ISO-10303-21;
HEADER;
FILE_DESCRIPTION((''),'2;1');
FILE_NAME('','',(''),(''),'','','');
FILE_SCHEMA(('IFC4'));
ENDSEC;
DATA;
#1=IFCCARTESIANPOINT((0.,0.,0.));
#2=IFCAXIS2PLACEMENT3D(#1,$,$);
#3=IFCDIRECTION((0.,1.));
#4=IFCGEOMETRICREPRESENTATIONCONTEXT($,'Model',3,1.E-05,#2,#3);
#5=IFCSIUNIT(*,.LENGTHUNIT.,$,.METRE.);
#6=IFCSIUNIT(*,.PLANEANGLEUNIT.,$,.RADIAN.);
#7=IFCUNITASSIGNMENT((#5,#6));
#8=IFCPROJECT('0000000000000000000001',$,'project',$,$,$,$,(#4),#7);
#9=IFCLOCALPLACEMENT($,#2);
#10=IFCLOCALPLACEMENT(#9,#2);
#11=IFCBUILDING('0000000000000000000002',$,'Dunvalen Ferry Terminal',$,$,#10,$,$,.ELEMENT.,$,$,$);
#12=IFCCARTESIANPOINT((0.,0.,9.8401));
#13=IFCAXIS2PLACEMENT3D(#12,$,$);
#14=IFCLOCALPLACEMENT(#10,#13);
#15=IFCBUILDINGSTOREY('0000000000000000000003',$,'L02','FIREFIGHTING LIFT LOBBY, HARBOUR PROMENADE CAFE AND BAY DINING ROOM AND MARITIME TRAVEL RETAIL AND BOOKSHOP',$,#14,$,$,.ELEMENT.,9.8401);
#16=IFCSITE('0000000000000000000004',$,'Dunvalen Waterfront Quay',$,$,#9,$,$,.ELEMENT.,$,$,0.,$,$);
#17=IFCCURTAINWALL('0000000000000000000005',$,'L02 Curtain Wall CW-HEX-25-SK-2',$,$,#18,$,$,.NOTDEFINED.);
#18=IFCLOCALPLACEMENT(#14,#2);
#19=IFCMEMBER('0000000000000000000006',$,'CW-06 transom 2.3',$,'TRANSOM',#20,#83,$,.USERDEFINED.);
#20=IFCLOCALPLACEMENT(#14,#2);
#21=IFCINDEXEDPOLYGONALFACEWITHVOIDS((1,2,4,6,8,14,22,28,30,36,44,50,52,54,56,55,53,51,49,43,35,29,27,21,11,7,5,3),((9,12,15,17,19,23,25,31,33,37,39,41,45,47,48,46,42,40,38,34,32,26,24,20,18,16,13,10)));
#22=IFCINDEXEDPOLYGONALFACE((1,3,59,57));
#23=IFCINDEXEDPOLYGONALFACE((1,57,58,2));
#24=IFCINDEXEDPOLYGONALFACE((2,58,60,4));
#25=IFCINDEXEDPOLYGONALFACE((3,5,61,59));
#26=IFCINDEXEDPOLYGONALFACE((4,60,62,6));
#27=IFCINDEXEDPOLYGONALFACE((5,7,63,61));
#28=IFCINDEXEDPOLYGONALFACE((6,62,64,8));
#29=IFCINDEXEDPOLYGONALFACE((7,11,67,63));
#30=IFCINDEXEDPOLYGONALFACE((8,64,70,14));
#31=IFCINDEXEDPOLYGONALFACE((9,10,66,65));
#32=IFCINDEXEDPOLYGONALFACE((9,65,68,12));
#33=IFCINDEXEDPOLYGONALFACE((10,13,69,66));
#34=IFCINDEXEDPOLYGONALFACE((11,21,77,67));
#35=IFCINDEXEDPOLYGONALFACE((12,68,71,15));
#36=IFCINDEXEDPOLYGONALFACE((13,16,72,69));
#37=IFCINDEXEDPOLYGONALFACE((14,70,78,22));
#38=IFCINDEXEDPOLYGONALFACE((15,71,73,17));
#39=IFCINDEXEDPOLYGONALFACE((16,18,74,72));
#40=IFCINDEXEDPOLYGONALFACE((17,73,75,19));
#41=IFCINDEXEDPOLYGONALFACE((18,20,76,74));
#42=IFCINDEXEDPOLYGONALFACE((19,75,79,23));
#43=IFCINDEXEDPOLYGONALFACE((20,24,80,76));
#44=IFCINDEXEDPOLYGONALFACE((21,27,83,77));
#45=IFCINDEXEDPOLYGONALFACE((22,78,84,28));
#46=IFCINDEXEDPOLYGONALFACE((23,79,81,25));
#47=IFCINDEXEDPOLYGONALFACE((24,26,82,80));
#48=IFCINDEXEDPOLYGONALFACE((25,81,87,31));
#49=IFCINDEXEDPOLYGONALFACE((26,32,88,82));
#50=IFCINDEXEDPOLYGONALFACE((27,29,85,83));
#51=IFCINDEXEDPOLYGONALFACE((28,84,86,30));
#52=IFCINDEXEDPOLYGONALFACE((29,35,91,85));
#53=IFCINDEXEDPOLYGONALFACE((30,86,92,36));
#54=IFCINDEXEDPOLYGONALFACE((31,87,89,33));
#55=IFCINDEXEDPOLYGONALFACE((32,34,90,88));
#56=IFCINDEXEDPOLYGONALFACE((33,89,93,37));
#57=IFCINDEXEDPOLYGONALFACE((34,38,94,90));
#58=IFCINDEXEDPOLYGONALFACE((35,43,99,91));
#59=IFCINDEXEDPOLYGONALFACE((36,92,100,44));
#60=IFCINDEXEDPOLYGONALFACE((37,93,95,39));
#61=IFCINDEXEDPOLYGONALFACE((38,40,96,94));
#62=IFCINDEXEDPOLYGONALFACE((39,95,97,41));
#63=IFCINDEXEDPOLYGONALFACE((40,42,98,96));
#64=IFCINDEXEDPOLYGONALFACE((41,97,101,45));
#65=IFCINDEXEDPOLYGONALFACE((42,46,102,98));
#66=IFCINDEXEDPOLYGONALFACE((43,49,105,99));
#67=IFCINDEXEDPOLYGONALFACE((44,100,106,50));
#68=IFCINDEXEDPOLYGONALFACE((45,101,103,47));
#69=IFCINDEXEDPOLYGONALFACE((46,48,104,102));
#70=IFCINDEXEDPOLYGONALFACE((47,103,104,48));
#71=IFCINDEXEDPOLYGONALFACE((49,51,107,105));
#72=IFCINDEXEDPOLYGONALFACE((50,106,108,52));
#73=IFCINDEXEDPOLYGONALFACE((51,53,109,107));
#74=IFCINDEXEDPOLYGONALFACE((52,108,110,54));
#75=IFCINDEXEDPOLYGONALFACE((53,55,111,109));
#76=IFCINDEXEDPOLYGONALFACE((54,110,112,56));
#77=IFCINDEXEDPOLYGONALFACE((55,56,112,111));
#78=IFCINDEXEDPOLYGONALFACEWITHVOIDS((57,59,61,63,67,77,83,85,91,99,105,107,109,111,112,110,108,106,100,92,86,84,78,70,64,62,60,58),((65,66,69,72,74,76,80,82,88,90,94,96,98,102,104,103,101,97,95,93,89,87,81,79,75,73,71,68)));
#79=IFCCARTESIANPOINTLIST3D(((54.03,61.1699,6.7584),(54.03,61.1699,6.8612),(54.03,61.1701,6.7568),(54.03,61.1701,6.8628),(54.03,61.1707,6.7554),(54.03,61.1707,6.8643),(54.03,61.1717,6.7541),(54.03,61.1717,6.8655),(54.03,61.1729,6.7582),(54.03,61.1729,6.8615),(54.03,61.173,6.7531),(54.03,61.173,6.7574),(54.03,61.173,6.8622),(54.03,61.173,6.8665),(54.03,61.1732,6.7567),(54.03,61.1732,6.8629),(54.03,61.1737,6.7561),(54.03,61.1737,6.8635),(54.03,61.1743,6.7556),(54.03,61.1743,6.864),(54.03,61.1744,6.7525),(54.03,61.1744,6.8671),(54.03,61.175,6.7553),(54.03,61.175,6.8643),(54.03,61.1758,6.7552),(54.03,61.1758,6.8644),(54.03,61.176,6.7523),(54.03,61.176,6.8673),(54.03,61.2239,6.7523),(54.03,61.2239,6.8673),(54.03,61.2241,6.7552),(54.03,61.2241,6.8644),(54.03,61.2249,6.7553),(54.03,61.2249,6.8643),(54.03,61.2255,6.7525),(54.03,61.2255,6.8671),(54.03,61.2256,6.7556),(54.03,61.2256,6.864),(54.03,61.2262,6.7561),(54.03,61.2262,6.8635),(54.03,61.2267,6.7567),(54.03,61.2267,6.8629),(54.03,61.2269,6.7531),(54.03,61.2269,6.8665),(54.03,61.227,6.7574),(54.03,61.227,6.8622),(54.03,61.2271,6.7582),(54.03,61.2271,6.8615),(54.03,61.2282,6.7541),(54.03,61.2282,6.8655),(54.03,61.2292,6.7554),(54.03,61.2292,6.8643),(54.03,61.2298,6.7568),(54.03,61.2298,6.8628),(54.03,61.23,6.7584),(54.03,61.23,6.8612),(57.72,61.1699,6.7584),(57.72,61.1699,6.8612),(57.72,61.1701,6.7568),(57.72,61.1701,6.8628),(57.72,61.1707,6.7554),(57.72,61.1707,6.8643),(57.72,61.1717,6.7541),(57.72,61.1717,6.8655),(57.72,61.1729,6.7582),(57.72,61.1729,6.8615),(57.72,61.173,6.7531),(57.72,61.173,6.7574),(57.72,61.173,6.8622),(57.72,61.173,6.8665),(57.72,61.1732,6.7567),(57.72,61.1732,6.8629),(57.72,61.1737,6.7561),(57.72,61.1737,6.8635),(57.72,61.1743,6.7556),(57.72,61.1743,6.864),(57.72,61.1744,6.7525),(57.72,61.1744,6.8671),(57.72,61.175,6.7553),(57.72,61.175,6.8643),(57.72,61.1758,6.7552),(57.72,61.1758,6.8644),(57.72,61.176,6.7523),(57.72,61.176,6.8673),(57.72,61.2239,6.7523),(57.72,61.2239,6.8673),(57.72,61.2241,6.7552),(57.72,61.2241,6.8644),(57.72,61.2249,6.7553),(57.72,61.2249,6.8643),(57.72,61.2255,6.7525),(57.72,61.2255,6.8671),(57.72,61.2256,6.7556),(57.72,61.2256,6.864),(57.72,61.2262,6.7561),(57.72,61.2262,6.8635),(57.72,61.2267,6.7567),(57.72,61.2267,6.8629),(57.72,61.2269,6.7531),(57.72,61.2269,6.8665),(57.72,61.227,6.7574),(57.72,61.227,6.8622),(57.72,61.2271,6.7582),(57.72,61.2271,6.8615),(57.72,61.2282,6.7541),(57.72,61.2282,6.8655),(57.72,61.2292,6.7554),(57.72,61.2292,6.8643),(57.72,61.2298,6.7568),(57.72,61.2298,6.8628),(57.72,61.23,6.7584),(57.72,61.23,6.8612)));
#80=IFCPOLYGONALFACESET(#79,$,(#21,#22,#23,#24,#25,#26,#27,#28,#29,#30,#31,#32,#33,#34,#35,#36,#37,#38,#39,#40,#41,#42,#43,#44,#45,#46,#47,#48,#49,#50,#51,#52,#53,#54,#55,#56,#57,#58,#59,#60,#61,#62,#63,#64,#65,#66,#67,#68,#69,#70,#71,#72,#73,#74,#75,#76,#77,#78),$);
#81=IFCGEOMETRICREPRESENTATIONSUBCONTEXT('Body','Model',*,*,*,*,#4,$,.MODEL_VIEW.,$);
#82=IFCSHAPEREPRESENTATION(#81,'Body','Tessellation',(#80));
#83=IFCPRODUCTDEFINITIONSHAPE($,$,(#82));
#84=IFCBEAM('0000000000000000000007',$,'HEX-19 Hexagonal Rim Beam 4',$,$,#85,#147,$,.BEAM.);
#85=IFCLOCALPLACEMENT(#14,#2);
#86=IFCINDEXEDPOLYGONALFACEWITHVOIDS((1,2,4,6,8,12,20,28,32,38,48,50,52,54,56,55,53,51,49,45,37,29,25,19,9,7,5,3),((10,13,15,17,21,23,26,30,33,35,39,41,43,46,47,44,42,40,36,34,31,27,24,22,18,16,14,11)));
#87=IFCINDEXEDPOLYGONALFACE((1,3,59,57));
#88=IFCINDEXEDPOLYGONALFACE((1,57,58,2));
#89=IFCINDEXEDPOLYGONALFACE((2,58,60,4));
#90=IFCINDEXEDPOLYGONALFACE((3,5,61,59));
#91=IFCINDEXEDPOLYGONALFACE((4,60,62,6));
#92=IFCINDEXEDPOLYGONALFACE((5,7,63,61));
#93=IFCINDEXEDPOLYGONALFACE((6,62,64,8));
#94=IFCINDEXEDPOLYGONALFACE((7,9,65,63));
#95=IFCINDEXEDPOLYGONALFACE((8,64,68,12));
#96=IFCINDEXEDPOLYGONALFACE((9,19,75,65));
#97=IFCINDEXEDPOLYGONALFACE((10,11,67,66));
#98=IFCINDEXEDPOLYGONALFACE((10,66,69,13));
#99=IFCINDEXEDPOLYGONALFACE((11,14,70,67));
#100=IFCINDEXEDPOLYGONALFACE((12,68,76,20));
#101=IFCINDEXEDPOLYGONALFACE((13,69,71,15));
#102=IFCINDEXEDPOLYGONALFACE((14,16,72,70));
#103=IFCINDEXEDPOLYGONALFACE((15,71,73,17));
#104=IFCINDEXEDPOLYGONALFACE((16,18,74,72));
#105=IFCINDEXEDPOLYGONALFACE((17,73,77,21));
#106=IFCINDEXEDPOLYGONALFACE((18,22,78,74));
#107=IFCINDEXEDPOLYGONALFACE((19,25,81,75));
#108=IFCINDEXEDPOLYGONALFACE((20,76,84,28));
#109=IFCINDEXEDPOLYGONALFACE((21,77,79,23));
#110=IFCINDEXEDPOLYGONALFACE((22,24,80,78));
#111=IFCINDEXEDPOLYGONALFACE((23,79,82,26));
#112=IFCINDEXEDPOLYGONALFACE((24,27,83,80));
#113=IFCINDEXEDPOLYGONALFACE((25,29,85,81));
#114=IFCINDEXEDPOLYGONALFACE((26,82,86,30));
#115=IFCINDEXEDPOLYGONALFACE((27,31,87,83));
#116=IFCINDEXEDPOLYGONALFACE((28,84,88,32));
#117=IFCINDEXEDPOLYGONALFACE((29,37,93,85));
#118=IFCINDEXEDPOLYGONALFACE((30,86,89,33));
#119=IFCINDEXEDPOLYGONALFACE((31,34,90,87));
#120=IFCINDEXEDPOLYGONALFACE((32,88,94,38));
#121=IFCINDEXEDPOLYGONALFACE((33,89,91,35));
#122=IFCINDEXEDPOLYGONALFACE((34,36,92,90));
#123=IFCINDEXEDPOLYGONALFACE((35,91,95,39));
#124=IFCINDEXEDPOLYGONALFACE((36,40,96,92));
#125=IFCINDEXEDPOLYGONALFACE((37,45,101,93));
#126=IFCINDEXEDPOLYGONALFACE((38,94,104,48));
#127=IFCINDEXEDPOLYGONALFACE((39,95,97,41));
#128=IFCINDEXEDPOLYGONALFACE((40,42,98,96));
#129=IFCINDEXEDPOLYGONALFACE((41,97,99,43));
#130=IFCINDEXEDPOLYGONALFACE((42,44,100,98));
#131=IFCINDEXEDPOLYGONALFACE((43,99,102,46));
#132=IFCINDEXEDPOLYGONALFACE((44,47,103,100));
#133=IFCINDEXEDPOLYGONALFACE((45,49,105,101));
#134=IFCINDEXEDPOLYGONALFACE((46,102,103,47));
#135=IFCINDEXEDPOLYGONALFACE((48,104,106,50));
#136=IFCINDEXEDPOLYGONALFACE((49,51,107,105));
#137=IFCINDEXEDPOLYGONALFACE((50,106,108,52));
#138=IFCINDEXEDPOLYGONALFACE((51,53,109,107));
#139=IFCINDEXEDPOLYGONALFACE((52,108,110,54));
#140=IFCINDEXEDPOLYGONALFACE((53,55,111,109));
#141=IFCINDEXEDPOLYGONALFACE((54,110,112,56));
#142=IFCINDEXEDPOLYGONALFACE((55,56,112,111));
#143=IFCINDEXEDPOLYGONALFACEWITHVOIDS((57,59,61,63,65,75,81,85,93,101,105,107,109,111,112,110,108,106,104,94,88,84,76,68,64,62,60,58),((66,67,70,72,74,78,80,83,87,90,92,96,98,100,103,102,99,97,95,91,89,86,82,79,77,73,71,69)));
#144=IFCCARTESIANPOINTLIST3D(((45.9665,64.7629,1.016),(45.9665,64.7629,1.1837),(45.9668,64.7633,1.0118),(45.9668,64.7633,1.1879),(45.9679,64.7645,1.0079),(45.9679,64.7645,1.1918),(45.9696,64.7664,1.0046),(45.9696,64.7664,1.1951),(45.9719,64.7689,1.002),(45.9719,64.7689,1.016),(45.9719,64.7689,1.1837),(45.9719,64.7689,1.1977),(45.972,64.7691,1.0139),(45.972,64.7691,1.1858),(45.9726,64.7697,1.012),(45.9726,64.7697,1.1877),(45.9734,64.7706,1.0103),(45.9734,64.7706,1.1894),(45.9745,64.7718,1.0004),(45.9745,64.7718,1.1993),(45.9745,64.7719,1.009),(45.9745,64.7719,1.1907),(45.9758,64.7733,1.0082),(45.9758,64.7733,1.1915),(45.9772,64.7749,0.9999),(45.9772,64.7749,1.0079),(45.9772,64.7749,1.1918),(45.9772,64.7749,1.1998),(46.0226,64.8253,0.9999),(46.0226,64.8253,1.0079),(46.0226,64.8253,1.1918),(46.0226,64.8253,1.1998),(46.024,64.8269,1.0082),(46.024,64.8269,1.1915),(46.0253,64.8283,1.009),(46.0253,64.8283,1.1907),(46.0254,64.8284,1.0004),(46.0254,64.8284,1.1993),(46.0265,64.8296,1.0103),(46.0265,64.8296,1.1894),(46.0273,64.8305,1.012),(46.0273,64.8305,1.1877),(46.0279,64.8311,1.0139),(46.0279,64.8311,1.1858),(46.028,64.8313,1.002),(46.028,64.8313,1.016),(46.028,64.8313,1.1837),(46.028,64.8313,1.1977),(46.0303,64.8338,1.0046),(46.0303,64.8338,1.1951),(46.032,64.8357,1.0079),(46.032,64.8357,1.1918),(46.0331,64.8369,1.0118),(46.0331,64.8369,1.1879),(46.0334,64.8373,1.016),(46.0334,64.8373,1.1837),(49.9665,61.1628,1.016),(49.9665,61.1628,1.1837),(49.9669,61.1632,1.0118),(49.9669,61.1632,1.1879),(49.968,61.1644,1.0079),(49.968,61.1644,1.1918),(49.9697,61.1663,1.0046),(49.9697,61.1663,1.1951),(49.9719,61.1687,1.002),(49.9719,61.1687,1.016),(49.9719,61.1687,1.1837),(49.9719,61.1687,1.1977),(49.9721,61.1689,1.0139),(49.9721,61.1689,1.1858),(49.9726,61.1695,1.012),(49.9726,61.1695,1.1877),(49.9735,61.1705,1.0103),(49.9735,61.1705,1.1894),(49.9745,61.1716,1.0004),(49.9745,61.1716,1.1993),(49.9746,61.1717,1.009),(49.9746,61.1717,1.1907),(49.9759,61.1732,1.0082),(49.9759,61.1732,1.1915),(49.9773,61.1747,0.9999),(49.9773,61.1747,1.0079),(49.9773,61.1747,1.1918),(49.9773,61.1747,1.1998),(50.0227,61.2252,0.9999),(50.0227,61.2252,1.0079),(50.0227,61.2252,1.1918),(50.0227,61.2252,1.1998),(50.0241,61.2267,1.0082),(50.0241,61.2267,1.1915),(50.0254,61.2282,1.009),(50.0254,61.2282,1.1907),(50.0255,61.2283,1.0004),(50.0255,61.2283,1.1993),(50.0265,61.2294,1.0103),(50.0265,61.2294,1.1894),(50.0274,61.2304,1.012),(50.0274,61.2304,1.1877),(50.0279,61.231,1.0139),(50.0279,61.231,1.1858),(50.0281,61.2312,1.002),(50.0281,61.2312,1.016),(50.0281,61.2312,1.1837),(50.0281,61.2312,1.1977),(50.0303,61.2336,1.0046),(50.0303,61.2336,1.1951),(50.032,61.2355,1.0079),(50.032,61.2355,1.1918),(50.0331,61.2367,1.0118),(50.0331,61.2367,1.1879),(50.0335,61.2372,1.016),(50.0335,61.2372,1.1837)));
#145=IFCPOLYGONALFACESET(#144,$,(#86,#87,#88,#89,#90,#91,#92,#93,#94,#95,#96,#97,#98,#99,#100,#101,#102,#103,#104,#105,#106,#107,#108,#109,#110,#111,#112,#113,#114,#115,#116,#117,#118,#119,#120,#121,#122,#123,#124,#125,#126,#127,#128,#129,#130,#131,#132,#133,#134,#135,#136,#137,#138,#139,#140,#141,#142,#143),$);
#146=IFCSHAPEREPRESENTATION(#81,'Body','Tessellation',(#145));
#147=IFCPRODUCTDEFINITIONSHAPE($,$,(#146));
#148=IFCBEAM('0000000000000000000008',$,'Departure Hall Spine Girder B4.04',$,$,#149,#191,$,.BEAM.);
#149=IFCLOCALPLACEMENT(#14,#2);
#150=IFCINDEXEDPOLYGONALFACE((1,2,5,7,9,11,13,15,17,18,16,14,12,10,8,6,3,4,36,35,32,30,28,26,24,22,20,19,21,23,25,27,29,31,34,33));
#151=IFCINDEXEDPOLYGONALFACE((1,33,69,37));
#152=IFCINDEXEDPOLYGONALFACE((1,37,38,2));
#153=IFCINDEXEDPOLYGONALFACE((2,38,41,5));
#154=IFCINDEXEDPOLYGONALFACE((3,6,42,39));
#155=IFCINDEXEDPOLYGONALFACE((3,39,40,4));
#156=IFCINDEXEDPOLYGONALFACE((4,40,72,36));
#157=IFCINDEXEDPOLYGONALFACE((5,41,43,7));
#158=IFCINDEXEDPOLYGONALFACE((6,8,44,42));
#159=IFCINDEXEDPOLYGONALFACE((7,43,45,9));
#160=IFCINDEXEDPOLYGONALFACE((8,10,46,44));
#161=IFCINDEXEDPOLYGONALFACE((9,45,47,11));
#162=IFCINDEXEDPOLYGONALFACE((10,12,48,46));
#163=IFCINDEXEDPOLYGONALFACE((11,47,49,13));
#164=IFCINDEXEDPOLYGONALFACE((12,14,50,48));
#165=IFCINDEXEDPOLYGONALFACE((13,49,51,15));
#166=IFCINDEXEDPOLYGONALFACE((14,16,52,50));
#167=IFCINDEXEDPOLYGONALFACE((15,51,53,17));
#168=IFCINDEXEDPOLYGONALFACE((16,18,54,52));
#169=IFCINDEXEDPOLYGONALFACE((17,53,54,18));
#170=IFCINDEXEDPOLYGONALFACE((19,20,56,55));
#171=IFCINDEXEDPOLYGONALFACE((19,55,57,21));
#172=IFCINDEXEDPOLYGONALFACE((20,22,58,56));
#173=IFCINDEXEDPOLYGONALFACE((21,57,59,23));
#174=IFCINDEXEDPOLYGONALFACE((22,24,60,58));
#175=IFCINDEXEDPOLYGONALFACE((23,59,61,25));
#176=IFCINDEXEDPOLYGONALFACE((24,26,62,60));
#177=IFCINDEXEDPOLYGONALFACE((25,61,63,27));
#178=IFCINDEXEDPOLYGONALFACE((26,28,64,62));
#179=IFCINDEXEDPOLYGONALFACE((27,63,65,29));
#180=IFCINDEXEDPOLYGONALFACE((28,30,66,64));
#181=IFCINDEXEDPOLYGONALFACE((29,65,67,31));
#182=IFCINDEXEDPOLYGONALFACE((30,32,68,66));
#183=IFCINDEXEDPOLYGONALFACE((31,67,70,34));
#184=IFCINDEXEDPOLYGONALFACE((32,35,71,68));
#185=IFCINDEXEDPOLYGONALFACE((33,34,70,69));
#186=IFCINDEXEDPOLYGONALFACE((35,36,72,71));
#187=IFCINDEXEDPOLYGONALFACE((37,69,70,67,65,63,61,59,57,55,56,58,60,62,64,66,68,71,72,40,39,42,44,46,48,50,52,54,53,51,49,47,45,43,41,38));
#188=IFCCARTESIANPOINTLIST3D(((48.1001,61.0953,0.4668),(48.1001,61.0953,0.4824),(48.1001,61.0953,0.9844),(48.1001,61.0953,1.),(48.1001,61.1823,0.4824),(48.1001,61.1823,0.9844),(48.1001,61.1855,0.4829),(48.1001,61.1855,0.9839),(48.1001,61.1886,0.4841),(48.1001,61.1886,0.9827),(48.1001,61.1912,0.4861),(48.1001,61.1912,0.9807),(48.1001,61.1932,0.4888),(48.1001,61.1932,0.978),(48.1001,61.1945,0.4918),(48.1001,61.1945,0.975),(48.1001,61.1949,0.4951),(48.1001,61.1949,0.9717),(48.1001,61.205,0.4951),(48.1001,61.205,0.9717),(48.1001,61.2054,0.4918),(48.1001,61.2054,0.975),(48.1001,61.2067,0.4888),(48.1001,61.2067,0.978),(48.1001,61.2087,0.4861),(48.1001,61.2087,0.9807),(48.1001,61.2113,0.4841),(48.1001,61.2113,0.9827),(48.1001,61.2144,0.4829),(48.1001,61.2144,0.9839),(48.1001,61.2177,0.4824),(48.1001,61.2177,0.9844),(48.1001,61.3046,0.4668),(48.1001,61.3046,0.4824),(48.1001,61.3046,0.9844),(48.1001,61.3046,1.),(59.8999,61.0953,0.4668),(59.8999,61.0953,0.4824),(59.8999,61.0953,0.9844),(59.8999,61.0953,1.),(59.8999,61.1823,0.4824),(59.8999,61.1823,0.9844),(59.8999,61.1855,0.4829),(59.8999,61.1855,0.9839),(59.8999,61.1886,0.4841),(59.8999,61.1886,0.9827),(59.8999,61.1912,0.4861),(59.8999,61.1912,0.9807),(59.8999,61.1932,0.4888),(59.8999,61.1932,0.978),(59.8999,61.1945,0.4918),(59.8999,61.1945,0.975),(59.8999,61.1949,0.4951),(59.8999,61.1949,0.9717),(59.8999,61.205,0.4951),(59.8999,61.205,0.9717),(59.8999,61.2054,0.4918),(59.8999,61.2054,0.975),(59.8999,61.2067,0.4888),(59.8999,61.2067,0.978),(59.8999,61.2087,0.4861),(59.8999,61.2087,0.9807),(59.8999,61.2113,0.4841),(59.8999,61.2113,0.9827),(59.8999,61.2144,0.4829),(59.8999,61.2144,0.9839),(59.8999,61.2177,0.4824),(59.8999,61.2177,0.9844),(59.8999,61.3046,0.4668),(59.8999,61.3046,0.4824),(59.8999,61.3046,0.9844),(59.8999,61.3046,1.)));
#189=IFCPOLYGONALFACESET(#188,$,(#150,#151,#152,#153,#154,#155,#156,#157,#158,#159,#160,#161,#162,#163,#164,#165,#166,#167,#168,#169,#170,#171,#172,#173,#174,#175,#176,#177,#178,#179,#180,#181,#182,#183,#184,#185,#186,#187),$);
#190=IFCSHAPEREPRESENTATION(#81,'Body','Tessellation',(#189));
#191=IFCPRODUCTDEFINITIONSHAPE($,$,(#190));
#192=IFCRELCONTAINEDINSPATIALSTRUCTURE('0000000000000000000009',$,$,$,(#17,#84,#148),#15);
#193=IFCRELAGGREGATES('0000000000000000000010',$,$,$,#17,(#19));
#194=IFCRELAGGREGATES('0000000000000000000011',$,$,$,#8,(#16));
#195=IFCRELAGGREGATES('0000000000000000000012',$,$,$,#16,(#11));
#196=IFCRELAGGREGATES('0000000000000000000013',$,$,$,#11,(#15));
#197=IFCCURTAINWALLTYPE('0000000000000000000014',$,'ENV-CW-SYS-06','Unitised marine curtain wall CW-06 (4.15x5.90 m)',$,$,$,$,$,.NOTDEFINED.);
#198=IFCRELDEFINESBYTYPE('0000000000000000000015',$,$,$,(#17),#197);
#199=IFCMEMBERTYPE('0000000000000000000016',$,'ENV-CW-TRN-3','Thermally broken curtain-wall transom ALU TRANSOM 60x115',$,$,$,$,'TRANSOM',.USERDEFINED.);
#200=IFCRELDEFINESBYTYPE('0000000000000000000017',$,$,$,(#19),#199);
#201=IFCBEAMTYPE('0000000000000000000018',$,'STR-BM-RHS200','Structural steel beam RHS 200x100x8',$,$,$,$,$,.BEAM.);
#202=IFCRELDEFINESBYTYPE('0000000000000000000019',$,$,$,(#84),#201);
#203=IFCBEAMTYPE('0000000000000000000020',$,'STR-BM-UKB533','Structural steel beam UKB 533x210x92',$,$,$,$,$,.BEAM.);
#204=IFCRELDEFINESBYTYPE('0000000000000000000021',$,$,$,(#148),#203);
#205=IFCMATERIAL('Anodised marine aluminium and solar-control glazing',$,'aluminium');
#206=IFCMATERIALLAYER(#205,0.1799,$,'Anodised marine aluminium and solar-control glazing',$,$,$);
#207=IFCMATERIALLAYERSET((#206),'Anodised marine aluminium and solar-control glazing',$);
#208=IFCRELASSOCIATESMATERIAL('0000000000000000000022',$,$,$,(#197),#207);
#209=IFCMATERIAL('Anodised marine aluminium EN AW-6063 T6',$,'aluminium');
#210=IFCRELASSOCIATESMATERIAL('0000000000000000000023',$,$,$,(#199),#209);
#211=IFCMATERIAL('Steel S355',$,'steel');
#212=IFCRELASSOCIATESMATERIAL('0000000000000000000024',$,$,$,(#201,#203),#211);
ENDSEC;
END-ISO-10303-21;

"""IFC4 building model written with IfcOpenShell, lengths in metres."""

from ifc_helpers import new_model, si_unit, direction, frame, origin, origin_2d, place, context, subcontext, project, spatial, hollow_rectangle, i_section, extrude, material, layer, layer_set, material_profile, profile_set, type_object, element, aggregate, save


model = new_model("IFC4")

# Units and contexts
model_context = context("Model", 3, precision=1e-05, world=origin(), true_north=direction((0.0, 1.0)))
body_context = subcontext(model_context, "Body", "Model", "MODEL_VIEW")
ifc_project = project(units=[si_unit("LENGTHUNIT", "METRE"), si_unit("PLANEANGLEUNIT", "RADIAN")], contexts=[model_context])

# Site, building, storey
site_placement = place(None, origin())
site = spatial("IfcSite", under=ifc_project, at=site_placement, Name="Dunvalen Waterfront Quay", CompositionType="ELEMENT", RefElevation=0.0)
building_placement = place(site_placement, origin())
building = spatial("IfcBuilding", under=site, at=building_placement, Name="Dunvalen Ferry Terminal", CompositionType="ELEMENT")
storey_placement = place(building_placement, frame((0.0, 0.0, 9.8401)))
storey = spatial("IfcBuildingStorey", under=building, at=storey_placement, Name="L02", Description="FIREFIGHTING LIFT LOBBY, HARBOUR PROMENADE CAFE AND BAY DINING ROOM AND MARITIME TRAVEL RETAIL AND BOOKSHOP", CompositionType="ELEMENT", Elevation=9.8401)

# Shared definitions
ifc_material_1 = material(Name="Anodised marine aluminium and solar-control glazing", Category="aluminium")
ifc_material_2 = material(Name="Anodised marine aluminium EN AW-6063 T6", Category="aluminium")

# Curtain wall, member
ifc_layer_1 = layer(ifc_material_1, 0.1799, Name="Anodised marine aluminium and solar-control glazing")
ifc_layer_set_1 = layer_set([ifc_layer_1], Name="Anodised marine aluminium and solar-control glazing")
curtain_wall_type_1 = type_object("IfcCurtainWallType", Name="ENV-CW-SYS-06", Description="Unitised marine curtain wall CW-06 (4.15x5.90 m)", PredefinedType="NOTDEFINED", material=ifc_layer_set_1)
curtain_wall_1_placement = place(storey_placement, origin())
curtain_wall_1 = element("IfcCurtainWall", 1, at=curtain_wall_1_placement, inside=storey, type_object=curtain_wall_type_1, Name="L02 Curtain Wall CW-HEX-25-SK-2", PredefinedType="NOTDEFINED")
ifc_material_profile_1 = material_profile(ifc_material_2, hollow_rectangle(XDim=0.0601, YDim=0.115, WallThickness=0.0029, InnerFilletRadius=0.0029, OuterFilletRadius=0.0061, at=origin_2d()), Name="Anodised marine aluminium EN AW-6063 T6")
ifc_profile_set_1 = profile_set([ifc_material_profile_1], Name="Anodised marine aluminium EN AW-6063 T6")
member_type_1 = type_object("IfcMemberType", Name="ENV-CW-TRN-3", Description="Thermally broken curtain-wall transom ALU TRANSOM 60x115", ElementType="TRANSOM", PredefinedType="USERDEFINED", material=ifc_profile_set_1)
member_1_placement = place(storey_placement, frame((54.03, 61.2, 6.8098), z_axis=(1.0, 0.0, 0.0), x_axis=(0.0, 1.0, 0.0)))
member_1 = element("IfcMember", 2, at=member_1_placement, type_object=member_type_1, Name="CW-06 transom 2.3", ObjectType="TRANSOM", PredefinedType="USERDEFINED", context=body_context, shape_type="SweptSolid", body=[
    extrude(hollow_rectangle(XDim=0.0601, YDim=0.115, WallThickness=0.0029, InnerFilletRadius=0.0029, OuterFilletRadius=0.0061, at=origin_2d()), origin(), (0.0, 0.0, 1.0), 3.6899),
])

# Beams
ifc_material_3 = material(Name="Steel S355", Category="steel")
ifc_material_profile_2 = material_profile(ifc_material_3, hollow_rectangle(XDim=0.1001, YDim=0.2, WallThickness=0.0081, InnerFilletRadius=0.0081, OuterFilletRadius=0.0161, at=origin_2d()), Name="Steel S355")
ifc_profile_set_2 = profile_set([ifc_material_profile_2], Name="Steel S355")
beam_type_1 = type_object("IfcBeamType", Name="STR-BM-RHS200", Description="Structural steel beam RHS 200x100x8", PredefinedType="BEAM", material=ifc_profile_set_2)
beam_1_placement = place(storey_placement, frame((50.0, 61.2, 1.0999), z_axis=(-0.743285, 0.668975, 0.0), x_axis=(-0.668975, -0.743285, 0.0)))
element("IfcBeam", 3, at=beam_1_placement, inside=storey, type_object=beam_type_1, Name="HEX-19 Hexagonal Rim Beam 4", PredefinedType="BEAM", context=body_context, shape_type="SweptSolid", body=[
    extrude(hollow_rectangle(XDim=0.1001, YDim=0.2, WallThickness=0.0081, InnerFilletRadius=0.0081, OuterFilletRadius=0.0161, at=origin_2d()), origin(), (0.0, 0.0, 1.0), 5.3816),
])
ifc_material_profile_3 = material_profile(ifc_material_3, i_section(OverallWidth=0.2092, OverallDepth=0.5332, WebThickness=0.01, FlangeThickness=0.0156, FilletRadius=0.0127, at=origin_2d()), Name="Steel S355")
ifc_profile_set_3 = profile_set([ifc_material_profile_3], Name="Steel S355")
beam_type_2 = type_object("IfcBeamType", Name="STR-BM-UKB533", Description="Structural steel beam UKB 533x210x92", PredefinedType="BEAM", material=ifc_profile_set_3)
beam_2_placement = place(storey_placement, frame((48.1001, 61.2, 0.7334), z_axis=(1.0, 0.0, 0.0), x_axis=(0.0, 1.0, 0.0)))
element("IfcBeam", 4, at=beam_2_placement, inside=storey, type_object=beam_type_2, Name="Departure Hall Spine Girder B4.04", PredefinedType="BEAM", context=body_context, shape_type="SweptSolid", body=[
    extrude(i_section(OverallWidth=0.2092, OverallDepth=0.5332, WebThickness=0.01, FlangeThickness=0.0156, FilletRadius=0.0127, at=origin_2d()), origin(), (0.0, 0.0, 1.0), 11.7998),
])

aggregate(curtain_wall_1, [member_1])

save(model, "model.ifc")
